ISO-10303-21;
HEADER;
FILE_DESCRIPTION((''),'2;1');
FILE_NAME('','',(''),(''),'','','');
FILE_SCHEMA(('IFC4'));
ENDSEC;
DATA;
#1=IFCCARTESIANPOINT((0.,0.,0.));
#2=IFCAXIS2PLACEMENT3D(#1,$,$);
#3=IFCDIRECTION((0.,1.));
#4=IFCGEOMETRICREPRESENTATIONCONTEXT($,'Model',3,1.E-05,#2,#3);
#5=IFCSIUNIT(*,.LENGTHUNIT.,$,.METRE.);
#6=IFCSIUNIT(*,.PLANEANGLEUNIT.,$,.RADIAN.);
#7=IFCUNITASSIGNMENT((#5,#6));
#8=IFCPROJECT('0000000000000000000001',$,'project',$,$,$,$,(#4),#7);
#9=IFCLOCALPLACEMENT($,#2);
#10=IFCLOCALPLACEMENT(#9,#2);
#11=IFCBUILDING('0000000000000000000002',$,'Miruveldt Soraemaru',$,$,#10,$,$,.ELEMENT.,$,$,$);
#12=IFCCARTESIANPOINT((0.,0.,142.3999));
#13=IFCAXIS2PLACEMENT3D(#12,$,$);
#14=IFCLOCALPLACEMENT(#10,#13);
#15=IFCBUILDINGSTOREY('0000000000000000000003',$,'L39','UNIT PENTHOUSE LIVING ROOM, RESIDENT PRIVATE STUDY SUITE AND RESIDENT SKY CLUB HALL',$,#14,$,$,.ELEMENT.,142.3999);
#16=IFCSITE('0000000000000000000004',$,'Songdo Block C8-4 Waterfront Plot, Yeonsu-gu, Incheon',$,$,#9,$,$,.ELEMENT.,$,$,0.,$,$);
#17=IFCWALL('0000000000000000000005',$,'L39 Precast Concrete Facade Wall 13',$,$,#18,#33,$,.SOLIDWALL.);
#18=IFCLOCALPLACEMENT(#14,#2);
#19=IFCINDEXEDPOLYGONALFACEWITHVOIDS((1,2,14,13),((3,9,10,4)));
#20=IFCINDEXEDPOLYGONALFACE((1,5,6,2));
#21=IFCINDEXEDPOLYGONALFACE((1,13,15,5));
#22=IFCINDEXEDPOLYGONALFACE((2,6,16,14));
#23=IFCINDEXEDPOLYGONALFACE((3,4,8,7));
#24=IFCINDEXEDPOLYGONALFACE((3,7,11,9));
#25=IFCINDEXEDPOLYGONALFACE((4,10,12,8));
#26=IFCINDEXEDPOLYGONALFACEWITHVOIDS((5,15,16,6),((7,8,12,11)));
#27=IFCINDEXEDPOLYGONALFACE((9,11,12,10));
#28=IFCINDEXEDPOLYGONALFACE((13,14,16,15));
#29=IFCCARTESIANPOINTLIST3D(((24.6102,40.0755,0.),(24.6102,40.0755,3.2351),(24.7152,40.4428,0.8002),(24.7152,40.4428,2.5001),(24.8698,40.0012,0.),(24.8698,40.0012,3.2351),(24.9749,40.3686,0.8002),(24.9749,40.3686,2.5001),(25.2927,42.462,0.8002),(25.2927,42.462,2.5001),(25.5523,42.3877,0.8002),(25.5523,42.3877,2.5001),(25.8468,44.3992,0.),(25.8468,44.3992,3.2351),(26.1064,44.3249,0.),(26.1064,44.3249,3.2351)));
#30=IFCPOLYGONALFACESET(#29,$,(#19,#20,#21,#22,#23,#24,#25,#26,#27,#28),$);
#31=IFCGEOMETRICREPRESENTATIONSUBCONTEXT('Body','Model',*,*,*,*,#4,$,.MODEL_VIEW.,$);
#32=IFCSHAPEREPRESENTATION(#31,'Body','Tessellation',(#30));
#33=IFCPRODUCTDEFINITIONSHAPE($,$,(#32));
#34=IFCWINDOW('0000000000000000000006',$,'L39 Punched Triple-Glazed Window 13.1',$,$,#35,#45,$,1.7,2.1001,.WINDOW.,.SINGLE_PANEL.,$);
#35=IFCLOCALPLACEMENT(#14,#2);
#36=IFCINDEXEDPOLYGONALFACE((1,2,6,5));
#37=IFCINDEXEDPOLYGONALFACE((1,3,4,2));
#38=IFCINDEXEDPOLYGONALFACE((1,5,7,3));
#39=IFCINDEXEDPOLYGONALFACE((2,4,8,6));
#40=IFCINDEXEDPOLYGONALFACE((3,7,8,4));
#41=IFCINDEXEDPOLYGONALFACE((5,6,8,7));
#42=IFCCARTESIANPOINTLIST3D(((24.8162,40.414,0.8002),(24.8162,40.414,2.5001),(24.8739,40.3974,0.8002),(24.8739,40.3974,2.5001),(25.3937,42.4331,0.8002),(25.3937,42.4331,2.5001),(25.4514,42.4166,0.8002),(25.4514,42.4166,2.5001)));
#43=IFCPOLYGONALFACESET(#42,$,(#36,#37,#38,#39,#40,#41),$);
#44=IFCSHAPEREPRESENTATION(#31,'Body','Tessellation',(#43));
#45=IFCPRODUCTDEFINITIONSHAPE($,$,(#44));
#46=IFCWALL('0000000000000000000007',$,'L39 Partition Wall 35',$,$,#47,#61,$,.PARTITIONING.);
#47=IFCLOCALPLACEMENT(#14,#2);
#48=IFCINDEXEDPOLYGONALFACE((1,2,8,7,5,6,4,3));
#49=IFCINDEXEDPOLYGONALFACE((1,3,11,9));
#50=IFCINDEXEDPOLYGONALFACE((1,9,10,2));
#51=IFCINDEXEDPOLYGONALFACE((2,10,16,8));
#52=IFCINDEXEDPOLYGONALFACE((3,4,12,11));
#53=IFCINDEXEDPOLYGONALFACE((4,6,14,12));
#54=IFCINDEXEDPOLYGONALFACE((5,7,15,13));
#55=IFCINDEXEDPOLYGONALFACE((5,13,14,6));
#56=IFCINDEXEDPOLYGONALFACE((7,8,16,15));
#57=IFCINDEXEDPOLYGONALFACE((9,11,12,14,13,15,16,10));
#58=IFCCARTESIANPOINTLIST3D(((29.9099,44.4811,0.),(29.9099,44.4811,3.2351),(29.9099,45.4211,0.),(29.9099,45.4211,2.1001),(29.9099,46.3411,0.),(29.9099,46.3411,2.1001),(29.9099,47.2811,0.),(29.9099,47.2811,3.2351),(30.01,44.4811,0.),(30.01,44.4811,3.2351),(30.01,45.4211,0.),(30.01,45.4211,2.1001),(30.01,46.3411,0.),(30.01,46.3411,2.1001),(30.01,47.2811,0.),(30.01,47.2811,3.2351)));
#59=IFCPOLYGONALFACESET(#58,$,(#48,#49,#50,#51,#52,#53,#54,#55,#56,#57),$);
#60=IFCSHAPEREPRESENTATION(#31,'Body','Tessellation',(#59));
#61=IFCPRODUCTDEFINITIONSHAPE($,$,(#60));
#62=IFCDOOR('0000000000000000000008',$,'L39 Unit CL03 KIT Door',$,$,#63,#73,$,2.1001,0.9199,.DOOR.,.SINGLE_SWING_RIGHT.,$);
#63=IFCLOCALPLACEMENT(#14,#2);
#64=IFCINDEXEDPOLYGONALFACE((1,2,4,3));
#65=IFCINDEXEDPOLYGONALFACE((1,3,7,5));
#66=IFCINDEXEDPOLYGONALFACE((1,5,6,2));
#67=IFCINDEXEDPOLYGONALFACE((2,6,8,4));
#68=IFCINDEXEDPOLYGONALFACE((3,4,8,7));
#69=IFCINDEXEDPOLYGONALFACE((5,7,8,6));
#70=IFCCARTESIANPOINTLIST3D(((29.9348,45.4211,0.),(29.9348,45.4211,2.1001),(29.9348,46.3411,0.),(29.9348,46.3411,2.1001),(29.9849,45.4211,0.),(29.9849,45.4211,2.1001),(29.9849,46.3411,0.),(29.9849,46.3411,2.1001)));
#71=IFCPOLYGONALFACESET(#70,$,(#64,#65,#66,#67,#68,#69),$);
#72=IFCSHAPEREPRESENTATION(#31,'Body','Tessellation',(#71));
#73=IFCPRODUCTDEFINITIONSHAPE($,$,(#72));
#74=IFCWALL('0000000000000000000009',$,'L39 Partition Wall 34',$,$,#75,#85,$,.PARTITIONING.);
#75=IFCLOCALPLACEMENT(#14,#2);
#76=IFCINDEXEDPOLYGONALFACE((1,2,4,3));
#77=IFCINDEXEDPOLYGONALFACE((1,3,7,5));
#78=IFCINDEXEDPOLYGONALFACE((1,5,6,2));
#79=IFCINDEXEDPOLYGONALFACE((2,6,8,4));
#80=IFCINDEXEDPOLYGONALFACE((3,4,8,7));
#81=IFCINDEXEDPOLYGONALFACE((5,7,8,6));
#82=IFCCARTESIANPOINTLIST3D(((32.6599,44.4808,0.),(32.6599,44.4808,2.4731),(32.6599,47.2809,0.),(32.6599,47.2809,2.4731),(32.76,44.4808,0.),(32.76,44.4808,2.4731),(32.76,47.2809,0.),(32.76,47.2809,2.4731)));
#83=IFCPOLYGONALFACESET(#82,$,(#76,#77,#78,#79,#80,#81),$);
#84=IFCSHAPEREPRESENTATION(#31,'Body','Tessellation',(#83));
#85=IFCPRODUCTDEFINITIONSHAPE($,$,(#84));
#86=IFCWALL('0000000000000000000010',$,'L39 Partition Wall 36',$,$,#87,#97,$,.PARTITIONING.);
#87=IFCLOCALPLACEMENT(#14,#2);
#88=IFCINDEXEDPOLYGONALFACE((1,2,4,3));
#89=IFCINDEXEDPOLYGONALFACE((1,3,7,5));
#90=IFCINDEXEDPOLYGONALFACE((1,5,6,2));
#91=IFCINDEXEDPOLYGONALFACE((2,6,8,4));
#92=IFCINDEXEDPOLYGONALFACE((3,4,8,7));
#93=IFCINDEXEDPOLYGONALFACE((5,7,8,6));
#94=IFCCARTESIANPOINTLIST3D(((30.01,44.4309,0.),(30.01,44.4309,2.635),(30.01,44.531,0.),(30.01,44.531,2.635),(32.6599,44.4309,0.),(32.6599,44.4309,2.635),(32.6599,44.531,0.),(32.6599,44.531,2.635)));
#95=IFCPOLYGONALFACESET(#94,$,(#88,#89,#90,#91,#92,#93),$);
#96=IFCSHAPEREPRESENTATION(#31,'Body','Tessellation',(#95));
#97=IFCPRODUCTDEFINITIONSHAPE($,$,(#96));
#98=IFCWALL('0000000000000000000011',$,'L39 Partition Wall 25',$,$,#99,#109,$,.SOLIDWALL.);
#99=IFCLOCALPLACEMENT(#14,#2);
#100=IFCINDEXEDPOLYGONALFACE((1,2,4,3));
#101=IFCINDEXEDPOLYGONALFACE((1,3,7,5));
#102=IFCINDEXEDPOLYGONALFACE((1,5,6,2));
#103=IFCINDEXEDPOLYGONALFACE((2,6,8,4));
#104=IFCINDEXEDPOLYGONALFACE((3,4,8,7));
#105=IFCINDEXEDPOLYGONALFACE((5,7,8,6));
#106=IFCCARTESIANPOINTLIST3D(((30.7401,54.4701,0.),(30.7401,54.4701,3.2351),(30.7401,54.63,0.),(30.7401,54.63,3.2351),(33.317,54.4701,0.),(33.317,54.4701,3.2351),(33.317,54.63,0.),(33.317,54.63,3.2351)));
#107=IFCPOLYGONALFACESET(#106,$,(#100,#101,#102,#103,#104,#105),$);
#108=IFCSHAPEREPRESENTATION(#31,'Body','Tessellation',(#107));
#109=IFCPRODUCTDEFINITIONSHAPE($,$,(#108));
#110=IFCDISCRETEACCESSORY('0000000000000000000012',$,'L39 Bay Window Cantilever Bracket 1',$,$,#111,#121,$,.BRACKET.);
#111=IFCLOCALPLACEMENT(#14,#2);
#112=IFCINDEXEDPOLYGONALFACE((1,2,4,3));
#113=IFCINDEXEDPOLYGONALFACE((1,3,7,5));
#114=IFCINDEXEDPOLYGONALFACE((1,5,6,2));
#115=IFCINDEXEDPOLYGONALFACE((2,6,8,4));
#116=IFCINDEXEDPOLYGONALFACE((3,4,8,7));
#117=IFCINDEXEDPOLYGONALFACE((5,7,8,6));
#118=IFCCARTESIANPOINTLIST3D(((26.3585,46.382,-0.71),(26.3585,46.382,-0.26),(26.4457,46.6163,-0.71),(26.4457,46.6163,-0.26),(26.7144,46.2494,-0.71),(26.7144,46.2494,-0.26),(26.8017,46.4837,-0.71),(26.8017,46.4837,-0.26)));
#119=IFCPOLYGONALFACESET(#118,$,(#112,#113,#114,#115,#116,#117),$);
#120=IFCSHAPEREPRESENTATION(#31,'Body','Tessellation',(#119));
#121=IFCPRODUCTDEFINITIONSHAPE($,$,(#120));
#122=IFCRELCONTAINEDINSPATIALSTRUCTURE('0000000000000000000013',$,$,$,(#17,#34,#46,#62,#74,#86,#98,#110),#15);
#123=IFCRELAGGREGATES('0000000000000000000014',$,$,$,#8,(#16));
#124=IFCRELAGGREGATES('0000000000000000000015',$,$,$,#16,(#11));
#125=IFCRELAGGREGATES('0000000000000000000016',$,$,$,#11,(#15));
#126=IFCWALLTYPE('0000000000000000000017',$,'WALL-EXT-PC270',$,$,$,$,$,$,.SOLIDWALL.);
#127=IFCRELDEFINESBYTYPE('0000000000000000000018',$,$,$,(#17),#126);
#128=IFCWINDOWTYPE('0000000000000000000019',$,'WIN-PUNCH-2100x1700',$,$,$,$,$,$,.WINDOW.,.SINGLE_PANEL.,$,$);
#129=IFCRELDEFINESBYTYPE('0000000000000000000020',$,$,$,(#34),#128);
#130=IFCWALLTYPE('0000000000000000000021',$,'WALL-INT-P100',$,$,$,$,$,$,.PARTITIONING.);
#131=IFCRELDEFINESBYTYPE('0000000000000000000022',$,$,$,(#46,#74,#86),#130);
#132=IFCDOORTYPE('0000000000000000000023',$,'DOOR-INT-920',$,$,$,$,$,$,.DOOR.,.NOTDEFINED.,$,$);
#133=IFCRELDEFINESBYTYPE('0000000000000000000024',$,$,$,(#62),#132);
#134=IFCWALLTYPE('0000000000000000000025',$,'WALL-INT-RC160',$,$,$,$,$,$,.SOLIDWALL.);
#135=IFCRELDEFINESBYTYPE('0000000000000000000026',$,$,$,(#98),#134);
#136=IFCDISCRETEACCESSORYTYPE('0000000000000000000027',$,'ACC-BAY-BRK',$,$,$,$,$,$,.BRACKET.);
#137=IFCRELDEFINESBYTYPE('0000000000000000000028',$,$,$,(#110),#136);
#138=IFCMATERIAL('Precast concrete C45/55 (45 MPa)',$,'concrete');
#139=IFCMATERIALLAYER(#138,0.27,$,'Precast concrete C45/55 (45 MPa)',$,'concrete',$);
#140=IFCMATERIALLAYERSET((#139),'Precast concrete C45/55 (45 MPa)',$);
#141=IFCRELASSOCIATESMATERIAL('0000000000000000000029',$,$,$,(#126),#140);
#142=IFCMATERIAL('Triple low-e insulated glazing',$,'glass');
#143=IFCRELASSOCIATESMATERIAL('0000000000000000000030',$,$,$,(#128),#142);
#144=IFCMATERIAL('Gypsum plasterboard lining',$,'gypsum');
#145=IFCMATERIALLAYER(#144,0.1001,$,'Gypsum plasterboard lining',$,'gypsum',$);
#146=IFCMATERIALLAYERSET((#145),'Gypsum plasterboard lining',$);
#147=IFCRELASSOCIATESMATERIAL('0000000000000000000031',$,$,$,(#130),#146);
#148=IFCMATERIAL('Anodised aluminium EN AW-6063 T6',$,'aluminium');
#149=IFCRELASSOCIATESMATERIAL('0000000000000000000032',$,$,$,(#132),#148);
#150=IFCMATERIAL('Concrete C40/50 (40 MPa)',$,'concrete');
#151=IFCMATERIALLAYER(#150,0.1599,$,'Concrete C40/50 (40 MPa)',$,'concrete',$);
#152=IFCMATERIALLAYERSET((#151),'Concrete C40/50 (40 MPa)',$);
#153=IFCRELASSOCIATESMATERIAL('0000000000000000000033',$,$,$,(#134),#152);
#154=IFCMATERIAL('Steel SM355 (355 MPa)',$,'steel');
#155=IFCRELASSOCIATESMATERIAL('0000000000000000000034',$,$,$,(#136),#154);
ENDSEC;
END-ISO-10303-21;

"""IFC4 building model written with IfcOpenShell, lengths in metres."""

from ifc_helpers import new_model, si_unit, direction, frame, frame_2d, origin, origin_2d, place, context, subcontext, project, spatial, rectangle, extrude, material, layer, layer_set, type_object, element, fill, save


model = new_model("IFC4")

# Units and contexts
model_context = context("Model", 3, precision=1e-05, world=origin(), true_north=direction((0.0, 1.0)))
body_context = subcontext(model_context, "Body", "Model", "MODEL_VIEW")
ifc_project = project(units=[si_unit("LENGTHUNIT", "METRE"), si_unit("PLANEANGLEUNIT", "RADIAN")], contexts=[model_context])

# Site, building, storey
site_placement = place(None, origin())
site = spatial("IfcSite", under=ifc_project, at=site_placement, Name="Songdo Block C8-4 Waterfront Plot, Yeonsu-gu, Incheon", CompositionType="ELEMENT", RefElevation=0.0)
building_placement = place(site_placement, origin())
building = spatial("IfcBuilding", under=site, at=building_placement, Name="Miruveldt Soraemaru", CompositionType="ELEMENT")
storey_placement = place(building_placement, frame((0.0, 0.0, 142.3999)))
storey = spatial("IfcBuildingStorey", under=building, at=storey_placement, Name="L39", Description="UNIT PENTHOUSE LIVING ROOM, RESIDENT PRIVATE STUDY SUITE AND RESIDENT SKY CLUB HALL", CompositionType="ELEMENT", Elevation=142.3999)

# Shared definitions
ifc_material_1 = material(Name="Concrete C40/50 (40 MPa)", Category="concrete")
ifc_material_2 = material(Name="Steel SM355 (355 MPa)", Category="steel")

# Shared definitions
ifc_material_3 = material(Name="Triple low-e insulated glazing", Category="glass")
ifc_material_4 = material(Name="Precast concrete C45/55 (45 MPa)", Category="concrete")
ifc_layer_1 = layer(ifc_material_4, 0.27, Name="Precast concrete C45/55 (45 MPa)", Category="concrete")
ifc_layer_set_1 = layer_set([ifc_layer_1], Name="Precast concrete C45/55 (45 MPa)")
wall_type_1 = type_object("IfcWallType", Name="WALL-EXT-PC270", PredefinedType="SOLIDWALL", material=ifc_layer_set_1)

# Wall, opening, window
wall_1_placement = place(storey_placement, frame((25.9766, 44.3621, 0.0), z_axis=(0.0, 0.0, 1.0), x_axis=(-0.274972, -0.961452, 0.0)))
wall_1 = element("IfcWall", 1, at=wall_1_placement, inside=storey, type_object=wall_type_1, Name="L39 Precast Concrete Facade Wall 13", PredefinedType="SOLIDWALL", context=body_context, shape_type="SweptSolid", body=[
    extrude(rectangle(XDim=4.4971, YDim=0.27, at=frame_2d((2.2485, 0.0))), origin(), (0.0, 0.0, 1.0), 3.2351),
])
opening_1_placement = place(wall_1_placement, frame((2.0149, 0.0, 0.8)))
opening_1 = element("IfcOpeningElement", 2, at=opening_1_placement, cuts=wall_1, PredefinedType="OPENING", context=body_context, shape_type="SweptSolid", body=[
    extrude(rectangle(XDim=2.1001, YDim=1.7, at=frame_2d((1.05, 0.8501))), frame((0.0, 0.145, 0.0), z_axis=(0.0, -1.0, 0.0), x_axis=(1.0, 0.0, 0.0)), (0.0, 0.0, 1.0), 0.29),
])
window_type_1 = type_object("IfcWindowType", Name="WIN-PUNCH-2100x1700", PartitioningType="SINGLE_PANEL", PredefinedType="WINDOW", material=ifc_material_3)
window_1_placement = place(opening_1_placement, origin())
window_1 = element("IfcWindow", 3, at=window_1_placement, inside=storey, type_object=window_type_1, Name="L39 Punched Triple-Glazed Window 13.1", OverallHeight=1.7, OverallWidth=2.1001, PartitioningType="SINGLE_PANEL", PredefinedType="WINDOW", context=body_context, shape_type="SweptSolid", body=[
    extrude(rectangle(XDim=2.1001, YDim=1.7, at=frame_2d((1.05, 0.8501))), frame((0.0, 0.03, 0.0), z_axis=(0.0, -1.0, 0.0), x_axis=(1.0, 0.0, 0.0)), (0.0, 0.0, 1.0), 0.0601),
])
fill(opening_1, window_1)

# Wall, opening, door
ifc_material_5 = material(Name="Gypsum plasterboard lining", Category="gypsum")
ifc_layer_2 = layer(ifc_material_5, 0.1001, Name="Gypsum plasterboard lining", Category="gypsum")
ifc_layer_set_2 = layer_set([ifc_layer_2], Name="Gypsum plasterboard lining")
wall_type_2 = type_object("IfcWallType", Name="WALL-INT-P100", PredefinedType="PARTITIONING", material=ifc_layer_set_2)
wall_2_placement = place(storey_placement, frame((29.96, 47.281, 0.0), z_axis=(0.0, 0.0, 1.0), x_axis=(0.0, -1.0, 0.0)))
wall_2 = element("IfcWall", 4, at=wall_2_placement, inside=storey, type_object=wall_type_2, Name="L39 Partition Wall 35", PredefinedType="PARTITIONING", context=body_context, shape_type="SweptSolid", body=[
    extrude(rectangle(XDim=2.8, YDim=0.1001, at=frame_2d((1.3999, 0.0))), origin(), (0.0, 0.0, 1.0), 3.2351),
])
opening_2_placement = place(wall_2_placement, frame((0.9399, 0.0, 0.0)))
opening_2 = element("IfcOpeningElement", 5, at=opening_2_placement, cuts=wall_2, PredefinedType="OPENING", context=body_context, shape_type="SweptSolid", body=[
    extrude(rectangle(XDim=0.9199, YDim=2.1001, at=frame_2d((0.46, 1.05))), frame((0.0, 0.0601, 0.0), z_axis=(0.0, -1.0, 0.0), x_axis=(1.0, 0.0, 0.0)), (0.0, 0.0, 1.0), 0.1201),
])
ifc_material_6 = material(Name="Anodised aluminium EN AW-6063 T6", Category="aluminium")
door_type = type_object("IfcDoorType", Name="DOOR-INT-920", OperationType="NOTDEFINED", PredefinedType="DOOR", material=ifc_material_6)
door_placement = place(opening_2_placement, origin())
door = element("IfcDoor", 6, at=door_placement, inside=storey, type_object=door_type, Name="L39 Unit CL03 KIT Door", OperationType="SINGLE_SWING_RIGHT", OverallHeight=2.1001, OverallWidth=0.9199, PredefinedType="DOOR", context=body_context, shape_type="SweptSolid", body=[
    extrude(rectangle(XDim=0.9199, YDim=2.1001, at=frame_2d((0.46, 1.05))), frame((0.0, 0.0249, 0.0), z_axis=(0.0, -1.0, 0.0), x_axis=(1.0, 0.0, 0.0)), (0.0, 0.0, 1.0), 0.05),
])
fill(opening_2, door)

# Walls
wall_3_placement = place(storey_placement, frame((32.71, 44.481, 0.0), z_axis=(0.0, 0.0, 1.0), x_axis=(0.0, 1.0, 0.0)))
element("IfcWall", 7, at=wall_3_placement, inside=storey, type_object=wall_type_2, Name="L39 Partition Wall 34", PredefinedType="PARTITIONING", context=body_context, shape_type="SweptSolid", body=[
    extrude(rectangle(XDim=2.8, YDim=0.1001, at=frame_2d((1.3999, 0.0))), origin(), (0.0, 0.0, 1.0), 2.4731),
])
wall_4_placement = place(storey_placement, frame((30.01, 44.481, 0.0), z_axis=(0.0, 0.0, 1.0), x_axis=(1.0, 0.0, 0.0)))
element("IfcWall", 8, at=wall_4_placement, inside=storey, type_object=wall_type_2, Name="L39 Partition Wall 36", PredefinedType="PARTITIONING", context=body_context, shape_type="SweptSolid", body=[
    extrude(rectangle(XDim=2.6499, YDim=0.1001, at=frame_2d((1.325, 0.0))), origin(), (0.0, 0.0, 1.0), 2.635),
])
ifc_layer_3 = layer(ifc_material_1, 0.1599, Name="Concrete C40/50 (40 MPa)", Category="concrete")
ifc_layer_set_3 = layer_set([ifc_layer_3], Name="Concrete C40/50 (40 MPa)")
wall_type_3 = type_object("IfcWallType", Name="WALL-INT-RC160", PredefinedType="SOLIDWALL", material=ifc_layer_set_3)
wall_5_placement = place(storey_placement, frame((30.74, 54.55, 0.0), z_axis=(0.0, 0.0, 1.0), x_axis=(1.0, 0.0, 0.0)))
element("IfcWall", 9, at=wall_5_placement, inside=storey, type_object=wall_type_3, Name="L39 Partition Wall 25", PredefinedType="SOLIDWALL", context=body_context, shape_type="SweptSolid", body=[
    extrude(rectangle(XDim=2.5769, YDim=0.1599, at=frame_2d((1.2886, 0.0))), origin(), (0.0, 0.0, 1.0), 3.2351),
])

# Discrete accessory
discrete_accessory_type = type_object("IfcDiscreteAccessoryType", Name="ACC-BAY-BRK", PredefinedType="BRACKET", material=ifc_material_2)
discrete_accessory_placement = place(storey_placement, frame((26.5801, 46.4329, -0.71), z_axis=(0.0, 0.0, 1.0), x_axis=(-0.937118, 0.349014, 0.0)))
element("IfcDiscreteAccessory", 10, at=discrete_accessory_placement, inside=storey, type_object=discrete_accessory_type, Name="L39 Bay Window Cantilever Bracket 1", PredefinedType="BRACKET", context=body_context, shape_type="SweptSolid", body=[
    extrude(rectangle(XDim=0.3799, YDim=0.25, at=origin_2d()), origin(), (0.0, 0.0, 1.0), 0.45),
])

save(model, "model.ifc")
